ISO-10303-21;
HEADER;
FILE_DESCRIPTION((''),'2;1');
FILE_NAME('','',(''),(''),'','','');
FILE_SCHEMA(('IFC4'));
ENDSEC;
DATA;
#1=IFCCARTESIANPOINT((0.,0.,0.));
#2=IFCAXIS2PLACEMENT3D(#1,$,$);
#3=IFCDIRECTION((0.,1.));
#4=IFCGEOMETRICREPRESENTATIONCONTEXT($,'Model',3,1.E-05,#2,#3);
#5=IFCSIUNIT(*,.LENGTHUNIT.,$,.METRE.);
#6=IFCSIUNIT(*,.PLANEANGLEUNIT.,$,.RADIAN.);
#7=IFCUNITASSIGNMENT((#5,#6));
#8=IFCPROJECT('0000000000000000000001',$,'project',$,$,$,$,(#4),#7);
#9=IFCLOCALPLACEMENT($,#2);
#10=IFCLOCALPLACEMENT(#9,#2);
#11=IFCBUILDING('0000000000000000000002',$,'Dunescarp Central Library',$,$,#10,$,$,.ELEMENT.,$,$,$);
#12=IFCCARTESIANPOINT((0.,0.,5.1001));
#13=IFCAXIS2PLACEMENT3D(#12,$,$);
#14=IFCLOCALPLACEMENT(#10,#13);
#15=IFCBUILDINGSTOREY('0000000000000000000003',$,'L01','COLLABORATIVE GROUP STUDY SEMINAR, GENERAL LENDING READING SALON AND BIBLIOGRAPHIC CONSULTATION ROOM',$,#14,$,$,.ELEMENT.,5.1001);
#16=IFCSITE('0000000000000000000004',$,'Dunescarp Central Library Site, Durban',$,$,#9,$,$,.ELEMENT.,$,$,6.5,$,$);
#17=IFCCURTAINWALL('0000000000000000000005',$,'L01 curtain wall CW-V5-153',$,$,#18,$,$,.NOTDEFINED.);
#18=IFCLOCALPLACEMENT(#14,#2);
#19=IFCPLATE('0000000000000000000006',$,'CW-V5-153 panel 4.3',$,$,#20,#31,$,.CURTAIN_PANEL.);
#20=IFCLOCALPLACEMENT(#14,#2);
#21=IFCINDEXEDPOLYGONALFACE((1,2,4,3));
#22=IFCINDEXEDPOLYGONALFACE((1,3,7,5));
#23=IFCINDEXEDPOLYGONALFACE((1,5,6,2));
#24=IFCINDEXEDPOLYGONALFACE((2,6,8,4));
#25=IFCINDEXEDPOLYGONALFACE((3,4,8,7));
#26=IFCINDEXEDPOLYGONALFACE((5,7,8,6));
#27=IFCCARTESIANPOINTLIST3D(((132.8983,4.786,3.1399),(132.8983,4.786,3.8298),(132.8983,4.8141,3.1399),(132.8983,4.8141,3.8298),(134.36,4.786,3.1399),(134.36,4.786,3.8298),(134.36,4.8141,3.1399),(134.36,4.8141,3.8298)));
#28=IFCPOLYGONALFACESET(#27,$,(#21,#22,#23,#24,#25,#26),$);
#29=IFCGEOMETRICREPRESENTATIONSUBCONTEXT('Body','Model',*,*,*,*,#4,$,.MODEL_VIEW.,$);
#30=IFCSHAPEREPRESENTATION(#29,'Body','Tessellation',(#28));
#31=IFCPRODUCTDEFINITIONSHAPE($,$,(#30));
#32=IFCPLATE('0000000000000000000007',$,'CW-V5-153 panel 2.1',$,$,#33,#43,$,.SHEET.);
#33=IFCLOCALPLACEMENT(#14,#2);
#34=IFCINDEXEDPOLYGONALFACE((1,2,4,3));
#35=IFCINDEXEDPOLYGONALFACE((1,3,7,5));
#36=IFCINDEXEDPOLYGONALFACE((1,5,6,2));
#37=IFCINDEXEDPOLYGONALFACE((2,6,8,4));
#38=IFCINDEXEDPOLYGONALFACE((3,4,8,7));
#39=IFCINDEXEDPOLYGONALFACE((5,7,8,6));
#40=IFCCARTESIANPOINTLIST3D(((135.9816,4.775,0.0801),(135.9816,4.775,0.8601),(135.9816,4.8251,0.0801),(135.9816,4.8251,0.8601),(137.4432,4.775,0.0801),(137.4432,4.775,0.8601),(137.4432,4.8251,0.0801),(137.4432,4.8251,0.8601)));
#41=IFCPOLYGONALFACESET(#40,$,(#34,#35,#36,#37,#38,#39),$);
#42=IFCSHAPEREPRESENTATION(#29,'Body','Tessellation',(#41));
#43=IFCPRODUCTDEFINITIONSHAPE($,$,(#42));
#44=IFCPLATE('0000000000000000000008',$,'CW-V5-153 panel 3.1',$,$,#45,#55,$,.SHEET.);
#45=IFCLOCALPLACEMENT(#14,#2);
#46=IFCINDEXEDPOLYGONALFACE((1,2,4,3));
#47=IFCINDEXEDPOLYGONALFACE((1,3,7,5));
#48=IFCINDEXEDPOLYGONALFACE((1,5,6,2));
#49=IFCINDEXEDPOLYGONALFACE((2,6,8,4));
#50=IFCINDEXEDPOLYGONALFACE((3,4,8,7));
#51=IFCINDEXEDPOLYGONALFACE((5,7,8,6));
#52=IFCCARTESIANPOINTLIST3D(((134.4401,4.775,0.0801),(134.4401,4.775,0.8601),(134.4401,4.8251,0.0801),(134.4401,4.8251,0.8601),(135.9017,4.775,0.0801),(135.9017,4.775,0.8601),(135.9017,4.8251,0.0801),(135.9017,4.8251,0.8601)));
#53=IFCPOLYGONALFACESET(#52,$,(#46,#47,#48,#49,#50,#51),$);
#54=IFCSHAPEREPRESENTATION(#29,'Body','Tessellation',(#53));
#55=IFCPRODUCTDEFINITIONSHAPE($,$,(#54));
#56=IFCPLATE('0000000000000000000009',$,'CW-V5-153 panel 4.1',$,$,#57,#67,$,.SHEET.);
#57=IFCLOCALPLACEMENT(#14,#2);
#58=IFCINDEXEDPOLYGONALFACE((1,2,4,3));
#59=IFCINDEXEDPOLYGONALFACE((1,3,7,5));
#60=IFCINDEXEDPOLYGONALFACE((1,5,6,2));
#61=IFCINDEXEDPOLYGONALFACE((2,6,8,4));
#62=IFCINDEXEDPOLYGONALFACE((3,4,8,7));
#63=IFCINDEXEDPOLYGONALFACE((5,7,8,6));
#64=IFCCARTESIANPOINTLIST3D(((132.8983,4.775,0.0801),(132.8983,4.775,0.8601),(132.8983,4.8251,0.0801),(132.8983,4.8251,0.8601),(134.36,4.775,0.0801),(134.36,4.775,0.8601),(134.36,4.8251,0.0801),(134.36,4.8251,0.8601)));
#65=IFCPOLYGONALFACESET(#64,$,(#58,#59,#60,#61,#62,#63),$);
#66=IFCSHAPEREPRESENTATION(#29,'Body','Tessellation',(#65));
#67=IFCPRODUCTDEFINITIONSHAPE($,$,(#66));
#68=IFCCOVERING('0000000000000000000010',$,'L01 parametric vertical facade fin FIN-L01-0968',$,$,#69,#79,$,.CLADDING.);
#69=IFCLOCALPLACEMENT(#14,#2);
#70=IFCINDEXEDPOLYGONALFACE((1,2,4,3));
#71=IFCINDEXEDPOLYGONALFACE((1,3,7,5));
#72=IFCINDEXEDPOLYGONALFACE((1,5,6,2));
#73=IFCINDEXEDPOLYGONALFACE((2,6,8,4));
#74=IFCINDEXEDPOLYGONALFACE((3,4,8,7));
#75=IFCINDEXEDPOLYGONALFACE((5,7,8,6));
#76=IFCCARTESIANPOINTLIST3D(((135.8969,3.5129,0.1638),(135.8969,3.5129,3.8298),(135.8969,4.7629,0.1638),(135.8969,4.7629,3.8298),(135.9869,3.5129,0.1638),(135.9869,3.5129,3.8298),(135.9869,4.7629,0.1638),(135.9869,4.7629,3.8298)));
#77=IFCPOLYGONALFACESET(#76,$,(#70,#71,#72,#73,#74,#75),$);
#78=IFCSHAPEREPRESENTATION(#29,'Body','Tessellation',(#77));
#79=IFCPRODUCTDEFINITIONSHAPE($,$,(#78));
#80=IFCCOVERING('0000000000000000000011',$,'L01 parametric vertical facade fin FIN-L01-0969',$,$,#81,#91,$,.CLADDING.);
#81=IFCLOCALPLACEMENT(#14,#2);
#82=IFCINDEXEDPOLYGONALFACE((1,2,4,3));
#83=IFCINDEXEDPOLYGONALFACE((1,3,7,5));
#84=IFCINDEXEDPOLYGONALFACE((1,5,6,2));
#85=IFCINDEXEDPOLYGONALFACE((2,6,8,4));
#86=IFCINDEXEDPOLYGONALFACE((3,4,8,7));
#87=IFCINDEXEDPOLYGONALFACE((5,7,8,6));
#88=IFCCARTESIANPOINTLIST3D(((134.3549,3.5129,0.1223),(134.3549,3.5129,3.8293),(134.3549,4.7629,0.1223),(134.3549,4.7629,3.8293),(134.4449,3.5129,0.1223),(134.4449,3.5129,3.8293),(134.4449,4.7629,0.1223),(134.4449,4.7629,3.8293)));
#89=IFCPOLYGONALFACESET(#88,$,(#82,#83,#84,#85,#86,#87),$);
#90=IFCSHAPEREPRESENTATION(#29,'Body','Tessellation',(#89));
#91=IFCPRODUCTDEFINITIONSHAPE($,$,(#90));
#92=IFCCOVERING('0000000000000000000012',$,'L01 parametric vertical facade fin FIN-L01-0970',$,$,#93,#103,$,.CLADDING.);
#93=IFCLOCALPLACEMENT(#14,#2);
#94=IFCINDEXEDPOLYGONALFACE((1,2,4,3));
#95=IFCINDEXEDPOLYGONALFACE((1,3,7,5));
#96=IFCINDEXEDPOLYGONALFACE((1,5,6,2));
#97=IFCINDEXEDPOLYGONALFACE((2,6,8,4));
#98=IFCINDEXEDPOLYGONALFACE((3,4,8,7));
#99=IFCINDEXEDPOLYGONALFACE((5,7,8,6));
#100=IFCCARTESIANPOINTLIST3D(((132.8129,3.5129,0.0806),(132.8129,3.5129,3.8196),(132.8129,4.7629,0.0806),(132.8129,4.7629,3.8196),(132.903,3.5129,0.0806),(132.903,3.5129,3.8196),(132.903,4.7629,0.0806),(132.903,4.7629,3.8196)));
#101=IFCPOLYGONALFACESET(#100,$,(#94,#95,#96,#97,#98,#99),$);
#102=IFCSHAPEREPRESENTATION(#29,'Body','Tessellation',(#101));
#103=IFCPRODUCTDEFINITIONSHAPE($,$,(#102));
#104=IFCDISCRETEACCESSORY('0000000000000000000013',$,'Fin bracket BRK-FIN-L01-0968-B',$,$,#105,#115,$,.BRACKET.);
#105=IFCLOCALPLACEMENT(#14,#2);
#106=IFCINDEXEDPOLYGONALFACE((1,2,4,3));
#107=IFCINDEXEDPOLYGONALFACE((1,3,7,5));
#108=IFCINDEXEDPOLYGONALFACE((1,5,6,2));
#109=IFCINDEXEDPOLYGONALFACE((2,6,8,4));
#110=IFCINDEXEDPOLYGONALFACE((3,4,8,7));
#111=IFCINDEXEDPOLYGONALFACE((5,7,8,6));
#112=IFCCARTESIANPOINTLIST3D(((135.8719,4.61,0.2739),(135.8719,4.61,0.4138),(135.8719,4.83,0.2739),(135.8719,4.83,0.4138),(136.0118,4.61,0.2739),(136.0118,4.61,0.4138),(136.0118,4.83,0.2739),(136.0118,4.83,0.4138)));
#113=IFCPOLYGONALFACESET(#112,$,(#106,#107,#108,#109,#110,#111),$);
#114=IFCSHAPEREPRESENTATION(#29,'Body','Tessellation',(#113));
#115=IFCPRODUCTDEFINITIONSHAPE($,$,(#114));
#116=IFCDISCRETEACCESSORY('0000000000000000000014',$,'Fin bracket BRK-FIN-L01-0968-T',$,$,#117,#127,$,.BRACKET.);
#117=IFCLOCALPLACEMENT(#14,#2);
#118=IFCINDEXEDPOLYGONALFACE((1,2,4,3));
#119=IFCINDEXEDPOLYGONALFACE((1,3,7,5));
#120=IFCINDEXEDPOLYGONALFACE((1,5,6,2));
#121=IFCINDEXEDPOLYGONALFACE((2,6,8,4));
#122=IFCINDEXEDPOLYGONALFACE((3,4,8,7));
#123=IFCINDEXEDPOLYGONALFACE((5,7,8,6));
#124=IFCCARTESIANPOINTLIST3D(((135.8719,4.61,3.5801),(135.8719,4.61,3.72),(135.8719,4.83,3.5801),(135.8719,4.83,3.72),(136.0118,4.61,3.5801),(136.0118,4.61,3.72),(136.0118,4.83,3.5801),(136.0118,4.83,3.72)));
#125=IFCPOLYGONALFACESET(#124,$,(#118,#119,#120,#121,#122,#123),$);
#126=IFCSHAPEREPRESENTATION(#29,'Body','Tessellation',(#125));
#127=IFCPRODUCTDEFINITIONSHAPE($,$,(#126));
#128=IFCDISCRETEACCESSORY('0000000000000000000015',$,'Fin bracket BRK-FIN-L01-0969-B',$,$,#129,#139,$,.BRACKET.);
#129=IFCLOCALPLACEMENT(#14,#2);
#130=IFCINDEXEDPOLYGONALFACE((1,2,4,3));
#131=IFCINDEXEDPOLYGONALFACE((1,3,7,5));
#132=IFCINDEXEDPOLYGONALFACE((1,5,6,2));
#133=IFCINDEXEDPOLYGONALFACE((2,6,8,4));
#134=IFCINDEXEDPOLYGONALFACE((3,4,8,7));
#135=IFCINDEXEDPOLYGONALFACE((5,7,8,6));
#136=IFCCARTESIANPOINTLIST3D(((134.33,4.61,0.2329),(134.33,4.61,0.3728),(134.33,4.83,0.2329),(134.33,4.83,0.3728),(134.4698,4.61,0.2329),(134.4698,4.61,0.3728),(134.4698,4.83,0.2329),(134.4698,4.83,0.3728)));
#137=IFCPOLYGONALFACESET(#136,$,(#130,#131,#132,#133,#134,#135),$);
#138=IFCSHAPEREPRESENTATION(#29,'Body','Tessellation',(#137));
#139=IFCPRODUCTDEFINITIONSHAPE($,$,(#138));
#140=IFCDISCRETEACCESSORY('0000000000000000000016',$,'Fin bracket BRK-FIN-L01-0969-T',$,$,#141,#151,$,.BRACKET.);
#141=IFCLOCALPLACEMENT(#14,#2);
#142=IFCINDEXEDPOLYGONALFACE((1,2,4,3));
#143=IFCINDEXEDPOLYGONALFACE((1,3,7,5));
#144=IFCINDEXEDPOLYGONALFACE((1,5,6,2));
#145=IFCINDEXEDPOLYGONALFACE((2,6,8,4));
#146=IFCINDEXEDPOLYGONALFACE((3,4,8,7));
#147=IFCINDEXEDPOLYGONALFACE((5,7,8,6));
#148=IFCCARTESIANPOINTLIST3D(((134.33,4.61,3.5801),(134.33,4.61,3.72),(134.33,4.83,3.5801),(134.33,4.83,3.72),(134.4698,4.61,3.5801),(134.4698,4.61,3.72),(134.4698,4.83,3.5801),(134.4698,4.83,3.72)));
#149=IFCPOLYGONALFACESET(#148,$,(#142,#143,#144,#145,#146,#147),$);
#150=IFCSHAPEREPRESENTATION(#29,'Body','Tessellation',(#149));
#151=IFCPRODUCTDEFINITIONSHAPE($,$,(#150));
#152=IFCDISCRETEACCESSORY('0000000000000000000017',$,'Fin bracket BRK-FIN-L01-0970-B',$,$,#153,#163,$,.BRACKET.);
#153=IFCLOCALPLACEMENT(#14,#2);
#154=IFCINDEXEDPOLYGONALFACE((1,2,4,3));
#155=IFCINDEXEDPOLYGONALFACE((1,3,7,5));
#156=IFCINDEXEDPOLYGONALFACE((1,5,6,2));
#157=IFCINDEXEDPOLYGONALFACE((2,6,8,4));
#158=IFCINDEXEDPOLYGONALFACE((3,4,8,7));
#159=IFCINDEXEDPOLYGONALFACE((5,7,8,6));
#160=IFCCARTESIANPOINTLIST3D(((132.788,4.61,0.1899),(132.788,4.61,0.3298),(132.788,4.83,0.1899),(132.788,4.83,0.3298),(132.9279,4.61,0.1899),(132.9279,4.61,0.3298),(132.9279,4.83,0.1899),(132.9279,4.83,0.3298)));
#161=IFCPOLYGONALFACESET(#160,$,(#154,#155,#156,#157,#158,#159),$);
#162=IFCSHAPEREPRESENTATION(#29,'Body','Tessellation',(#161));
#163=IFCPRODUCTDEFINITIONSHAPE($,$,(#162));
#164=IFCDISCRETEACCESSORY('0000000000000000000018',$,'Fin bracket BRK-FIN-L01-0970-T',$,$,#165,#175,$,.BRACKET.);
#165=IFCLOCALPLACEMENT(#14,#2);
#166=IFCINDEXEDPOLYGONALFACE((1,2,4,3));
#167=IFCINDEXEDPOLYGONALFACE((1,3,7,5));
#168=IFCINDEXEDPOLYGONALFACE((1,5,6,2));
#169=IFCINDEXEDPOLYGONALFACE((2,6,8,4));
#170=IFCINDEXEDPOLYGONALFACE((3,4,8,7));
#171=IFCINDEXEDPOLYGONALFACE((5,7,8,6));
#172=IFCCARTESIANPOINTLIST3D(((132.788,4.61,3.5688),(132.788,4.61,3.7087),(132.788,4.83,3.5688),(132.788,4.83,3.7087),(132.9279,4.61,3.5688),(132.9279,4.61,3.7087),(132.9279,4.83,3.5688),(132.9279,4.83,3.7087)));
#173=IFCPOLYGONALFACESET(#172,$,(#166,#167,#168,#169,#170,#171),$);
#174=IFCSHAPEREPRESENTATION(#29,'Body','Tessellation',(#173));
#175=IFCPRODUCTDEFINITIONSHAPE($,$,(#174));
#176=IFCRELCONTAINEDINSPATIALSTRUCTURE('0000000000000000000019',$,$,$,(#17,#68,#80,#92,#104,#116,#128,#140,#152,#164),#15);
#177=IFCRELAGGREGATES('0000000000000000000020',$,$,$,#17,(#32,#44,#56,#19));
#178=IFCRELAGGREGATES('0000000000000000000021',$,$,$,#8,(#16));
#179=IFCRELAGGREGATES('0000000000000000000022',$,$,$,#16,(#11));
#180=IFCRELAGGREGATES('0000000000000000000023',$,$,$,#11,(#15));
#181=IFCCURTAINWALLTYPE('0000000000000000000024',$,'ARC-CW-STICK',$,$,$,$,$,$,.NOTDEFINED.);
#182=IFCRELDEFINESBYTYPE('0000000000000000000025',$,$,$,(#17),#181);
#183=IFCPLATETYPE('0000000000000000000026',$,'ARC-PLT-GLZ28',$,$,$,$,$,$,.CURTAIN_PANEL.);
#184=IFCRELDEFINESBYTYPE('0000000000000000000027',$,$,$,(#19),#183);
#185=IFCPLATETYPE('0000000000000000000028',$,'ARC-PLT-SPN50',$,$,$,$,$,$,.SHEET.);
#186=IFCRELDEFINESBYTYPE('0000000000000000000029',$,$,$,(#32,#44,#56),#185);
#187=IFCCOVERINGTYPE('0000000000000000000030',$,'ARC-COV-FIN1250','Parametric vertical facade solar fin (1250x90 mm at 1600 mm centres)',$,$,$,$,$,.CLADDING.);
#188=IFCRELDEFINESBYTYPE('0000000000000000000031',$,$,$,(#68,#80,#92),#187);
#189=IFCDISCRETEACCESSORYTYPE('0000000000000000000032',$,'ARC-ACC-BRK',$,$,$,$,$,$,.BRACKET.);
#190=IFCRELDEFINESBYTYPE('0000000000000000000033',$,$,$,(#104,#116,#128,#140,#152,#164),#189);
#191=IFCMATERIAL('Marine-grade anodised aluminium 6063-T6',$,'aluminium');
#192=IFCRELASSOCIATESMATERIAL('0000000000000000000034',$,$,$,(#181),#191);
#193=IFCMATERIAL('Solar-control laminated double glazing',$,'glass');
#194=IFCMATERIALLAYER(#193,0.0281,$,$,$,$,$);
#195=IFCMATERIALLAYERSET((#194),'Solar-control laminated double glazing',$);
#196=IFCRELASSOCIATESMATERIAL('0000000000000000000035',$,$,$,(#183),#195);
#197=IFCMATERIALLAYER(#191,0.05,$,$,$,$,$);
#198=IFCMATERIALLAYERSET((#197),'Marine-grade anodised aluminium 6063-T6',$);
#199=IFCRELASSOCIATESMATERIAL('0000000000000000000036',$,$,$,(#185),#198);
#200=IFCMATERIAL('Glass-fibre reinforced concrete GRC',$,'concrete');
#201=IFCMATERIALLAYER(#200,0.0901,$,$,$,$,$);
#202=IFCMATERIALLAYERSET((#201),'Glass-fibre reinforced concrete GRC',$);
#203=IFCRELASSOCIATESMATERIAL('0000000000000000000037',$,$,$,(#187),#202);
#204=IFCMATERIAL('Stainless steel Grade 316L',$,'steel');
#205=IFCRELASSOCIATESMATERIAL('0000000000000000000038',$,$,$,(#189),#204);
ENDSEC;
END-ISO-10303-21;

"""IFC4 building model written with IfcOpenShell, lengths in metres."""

from ifc_helpers import new_model, si_unit, direction, frame, origin, origin_2d, place, context, subcontext, project, spatial, rectangle, extrude, material, layer, layer_set, type_object, element, aggregate, save


model = new_model("IFC4")

# Units and contexts
model_context = context("Model", 3, precision=1e-05, world=origin(), true_north=direction((0.0, 1.0)))
body_context = subcontext(model_context, "Body", "Model", "MODEL_VIEW")
ifc_project = project(units=[si_unit("LENGTHUNIT", "METRE"), si_unit("PLANEANGLEUNIT", "RADIAN")], contexts=[model_context])

# Site, building, storey
site_placement = place(None, origin())
site = spatial("IfcSite", under=ifc_project, at=site_placement, Name="Dunescarp Central Library Site, Durban", CompositionType="ELEMENT", RefElevation=6.5)
building_placement = place(site_placement, origin())
building = spatial("IfcBuilding", under=site, at=building_placement, Name="Dunescarp Central Library", CompositionType="ELEMENT")
storey_placement = place(building_placement, frame((0.0, 0.0, 5.1001)))
storey = spatial("IfcBuildingStorey", under=building, at=storey_placement, Name="L01", Description="COLLABORATIVE GROUP STUDY SEMINAR, GENERAL LENDING READING SALON AND BIBLIOGRAPHIC CONSULTATION ROOM", CompositionType="ELEMENT", Elevation=5.1001)

# Curtain wall, plates
ifc_material_1 = material(Name="Marine-grade anodised aluminium 6063-T6", Category="aluminium")
curtain_wall_type = type_object("IfcCurtainWallType", Name="ARC-CW-STICK", PredefinedType="NOTDEFINED", material=ifc_material_1)
curtain_wall_placement = place(storey_placement, origin())
curtain_wall = element("IfcCurtainWall", 1, at=curtain_wall_placement, inside=storey, type_object=curtain_wall_type, Name="L01 curtain wall CW-V5-153", PredefinedType="NOTDEFINED")
ifc_material_2 = material(Name="Solar-control laminated double glazing", Category="glass")
ifc_layer_1 = layer(ifc_material_2, 0.0281)
ifc_layer_set_1 = layer_set([ifc_layer_1], Name="Solar-control laminated double glazing")
plate_type_1 = type_object("IfcPlateType", Name="ARC-PLT-GLZ28", PredefinedType="CURTAIN_PANEL", material=ifc_layer_set_1)
plate_1_placement = place(storey_placement, frame((133.6292, 4.8, 3.1399), z_axis=(0.0, 0.0, 1.0), x_axis=(-1.0, 0.0, 0.0)))
plate_1 = element("IfcPlate", 2, at=plate_1_placement, type_object=plate_type_1, Name="CW-V5-153 panel 4.3", PredefinedType="CURTAIN_PANEL", context=body_context, shape_type="SweptSolid", body=[
    extrude(rectangle(XDim=1.4617, YDim=0.0281, at=origin_2d()), origin(), (0.0, 0.0, 1.0), 0.6899),
])
ifc_layer_2 = layer(ifc_material_1, 0.05)
ifc_layer_set_2 = layer_set([ifc_layer_2], Name="Marine-grade anodised aluminium 6063-T6")
plate_type_2 = type_object("IfcPlateType", Name="ARC-PLT-SPN50", PredefinedType="SHEET", material=ifc_layer_set_2)
plate_2_placement = place(storey_placement, frame((136.7124, 4.8, 0.0801), z_axis=(0.0, 0.0, 1.0), x_axis=(-1.0, 0.0, 0.0)))
plate_2 = element("IfcPlate", 3, at=plate_2_placement, type_object=plate_type_2, Name="CW-V5-153 panel 2.1", PredefinedType="SHEET", context=body_context, shape_type="SweptSolid", body=[
    extrude(rectangle(XDim=1.4617, YDim=0.05, at=origin_2d()), origin(), (0.0, 0.0, 1.0), 0.78),
])
plate_3_placement = place(storey_placement, frame((135.1709, 4.8, 0.0801), z_axis=(0.0, 0.0, 1.0), x_axis=(-1.0, 0.0, 0.0)))
plate_3 = element("IfcPlate", 4, at=plate_3_placement, type_object=plate_type_2, Name="CW-V5-153 panel 3.1", PredefinedType="SHEET", context=body_context, shape_type="SweptSolid", body=[
    extrude(rectangle(XDim=1.4617, YDim=0.05, at=origin_2d()), origin(), (0.0, 0.0, 1.0), 0.78),
])
plate_4_placement = place(storey_placement, frame((133.6292, 4.8, 0.0801), z_axis=(0.0, 0.0, 1.0), x_axis=(-1.0, 0.0, 0.0)))
plate_4 = element("IfcPlate", 5, at=plate_4_placement, type_object=plate_type_2, Name="CW-V5-153 panel 4.1", PredefinedType="SHEET", context=body_context, shape_type="SweptSolid", body=[
    extrude(rectangle(XDim=1.4617, YDim=0.05, at=origin_2d()), origin(), (0.0, 0.0, 1.0), 0.78),
])
aggregate(curtain_wall, [plate_2, plate_3, plate_4, plate_1])

# Coverings
ifc_material_3 = material(Name="Glass-fibre reinforced concrete GRC", Category="concrete")
ifc_layer_3 = layer(ifc_material_3, 0.0901)
ifc_layer_set_3 = layer_set([ifc_layer_3], Name="Glass-fibre reinforced concrete GRC")
covering_type = type_object("IfcCoveringType", Name="ARC-COV-FIN1250", Description="Parametric vertical facade solar fin (1250x90 mm at 1600 mm centres)", PredefinedType="CLADDING", material=ifc_layer_set_3)
covering_1_placement = place(storey_placement, frame((135.9419, 4.1379, 0.1638), z_axis=(0.0, 0.0, 1.0), x_axis=(0.0, -1.0, 0.0)))
element("IfcCovering", 6, at=covering_1_placement, inside=storey, type_object=covering_type, Name="L01 parametric vertical facade fin FIN-L01-0968", PredefinedType="CLADDING", context=body_context, shape_type="SweptSolid", body=[
    extrude(rectangle(XDim=1.25, YDim=0.0901, at=origin_2d()), origin(), (0.0, 0.0, 1.0), 3.666),
])
covering_2_placement = place(storey_placement, frame((134.3999, 4.1379, 0.1223), z_axis=(0.0, 0.0, 1.0), x_axis=(0.0, -1.0, 0.0)))
element("IfcCovering", 7, at=covering_2_placement, inside=storey, type_object=covering_type, Name="L01 parametric vertical facade fin FIN-L01-0969", PredefinedType="CLADDING", context=body_context, shape_type="SweptSolid", body=[
    extrude(rectangle(XDim=1.25, YDim=0.0901, at=origin_2d()), origin(), (0.0, 0.0, 1.0), 3.707),
])
covering_3_placement = place(storey_placement, frame((132.8579, 4.1379, 0.0806), z_axis=(0.0, 0.0, 1.0), x_axis=(0.0, -1.0, 0.0)))
element("IfcCovering", 8, at=covering_3_placement, inside=storey, type_object=covering_type, Name="L01 parametric vertical facade fin FIN-L01-0970", PredefinedType="CLADDING", context=body_context, shape_type="SweptSolid", body=[
    extrude(rectangle(XDim=1.25, YDim=0.0901, at=origin_2d()), origin(), (0.0, 0.0, 1.0), 3.739),
])

# Discrete accessories
ifc_material_4 = material(Name="Stainless steel Grade 316L", Category="steel")
discrete_accessory_type = type_object("IfcDiscreteAccessoryType", Name="ARC-ACC-BRK", PredefinedType="BRACKET", material=ifc_material_4)
for number, where, z_axis, x_axis, name in (
    (9, (135.9419, 4.72, 0.2739), (0.0, 0.0, 1.0), (0.0, -1.0, 0.0), "Fin bracket BRK-FIN-L01-0968-B"),
    (10, (135.9419, 4.72, 3.5801), (0.0, 0.0, 1.0), (0.0, -1.0, 0.0), "Fin bracket BRK-FIN-L01-0968-T"),
    (11, (134.3999, 4.72, 0.2329), (0.0, 0.0, 1.0), (0.0, -1.0, 0.0), "Fin bracket BRK-FIN-L01-0969-B"),
    (12, (134.3999, 4.72, 3.5801), (0.0, 0.0, 1.0), (0.0, -1.0, 0.0), "Fin bracket BRK-FIN-L01-0969-T"),
    (13, (132.8579, 4.72, 0.1899), (0.0, 0.0, 1.0), (0.0, -1.0, 0.0), "Fin bracket BRK-FIN-L01-0970-B"),
    (14, (132.8579, 4.72, 3.5688), (0.0, 0.0, 1.0), (0.0, -1.0, 0.0), "Fin bracket BRK-FIN-L01-0970-T"),
):
    element("IfcDiscreteAccessory", number, at=place(storey_placement, frame(where, z_axis=z_axis, x_axis=x_axis)), inside=storey, type_object=discrete_accessory_type, Name=name, PredefinedType="BRACKET", context=body_context, shape_type="SweptSolid", body=[
        extrude(rectangle(XDim=0.22, YDim=0.1399, at=origin_2d()), origin(), (0.0, 0.0, 1.0), 0.1399),
    ])

save(model, "model.ifc")
